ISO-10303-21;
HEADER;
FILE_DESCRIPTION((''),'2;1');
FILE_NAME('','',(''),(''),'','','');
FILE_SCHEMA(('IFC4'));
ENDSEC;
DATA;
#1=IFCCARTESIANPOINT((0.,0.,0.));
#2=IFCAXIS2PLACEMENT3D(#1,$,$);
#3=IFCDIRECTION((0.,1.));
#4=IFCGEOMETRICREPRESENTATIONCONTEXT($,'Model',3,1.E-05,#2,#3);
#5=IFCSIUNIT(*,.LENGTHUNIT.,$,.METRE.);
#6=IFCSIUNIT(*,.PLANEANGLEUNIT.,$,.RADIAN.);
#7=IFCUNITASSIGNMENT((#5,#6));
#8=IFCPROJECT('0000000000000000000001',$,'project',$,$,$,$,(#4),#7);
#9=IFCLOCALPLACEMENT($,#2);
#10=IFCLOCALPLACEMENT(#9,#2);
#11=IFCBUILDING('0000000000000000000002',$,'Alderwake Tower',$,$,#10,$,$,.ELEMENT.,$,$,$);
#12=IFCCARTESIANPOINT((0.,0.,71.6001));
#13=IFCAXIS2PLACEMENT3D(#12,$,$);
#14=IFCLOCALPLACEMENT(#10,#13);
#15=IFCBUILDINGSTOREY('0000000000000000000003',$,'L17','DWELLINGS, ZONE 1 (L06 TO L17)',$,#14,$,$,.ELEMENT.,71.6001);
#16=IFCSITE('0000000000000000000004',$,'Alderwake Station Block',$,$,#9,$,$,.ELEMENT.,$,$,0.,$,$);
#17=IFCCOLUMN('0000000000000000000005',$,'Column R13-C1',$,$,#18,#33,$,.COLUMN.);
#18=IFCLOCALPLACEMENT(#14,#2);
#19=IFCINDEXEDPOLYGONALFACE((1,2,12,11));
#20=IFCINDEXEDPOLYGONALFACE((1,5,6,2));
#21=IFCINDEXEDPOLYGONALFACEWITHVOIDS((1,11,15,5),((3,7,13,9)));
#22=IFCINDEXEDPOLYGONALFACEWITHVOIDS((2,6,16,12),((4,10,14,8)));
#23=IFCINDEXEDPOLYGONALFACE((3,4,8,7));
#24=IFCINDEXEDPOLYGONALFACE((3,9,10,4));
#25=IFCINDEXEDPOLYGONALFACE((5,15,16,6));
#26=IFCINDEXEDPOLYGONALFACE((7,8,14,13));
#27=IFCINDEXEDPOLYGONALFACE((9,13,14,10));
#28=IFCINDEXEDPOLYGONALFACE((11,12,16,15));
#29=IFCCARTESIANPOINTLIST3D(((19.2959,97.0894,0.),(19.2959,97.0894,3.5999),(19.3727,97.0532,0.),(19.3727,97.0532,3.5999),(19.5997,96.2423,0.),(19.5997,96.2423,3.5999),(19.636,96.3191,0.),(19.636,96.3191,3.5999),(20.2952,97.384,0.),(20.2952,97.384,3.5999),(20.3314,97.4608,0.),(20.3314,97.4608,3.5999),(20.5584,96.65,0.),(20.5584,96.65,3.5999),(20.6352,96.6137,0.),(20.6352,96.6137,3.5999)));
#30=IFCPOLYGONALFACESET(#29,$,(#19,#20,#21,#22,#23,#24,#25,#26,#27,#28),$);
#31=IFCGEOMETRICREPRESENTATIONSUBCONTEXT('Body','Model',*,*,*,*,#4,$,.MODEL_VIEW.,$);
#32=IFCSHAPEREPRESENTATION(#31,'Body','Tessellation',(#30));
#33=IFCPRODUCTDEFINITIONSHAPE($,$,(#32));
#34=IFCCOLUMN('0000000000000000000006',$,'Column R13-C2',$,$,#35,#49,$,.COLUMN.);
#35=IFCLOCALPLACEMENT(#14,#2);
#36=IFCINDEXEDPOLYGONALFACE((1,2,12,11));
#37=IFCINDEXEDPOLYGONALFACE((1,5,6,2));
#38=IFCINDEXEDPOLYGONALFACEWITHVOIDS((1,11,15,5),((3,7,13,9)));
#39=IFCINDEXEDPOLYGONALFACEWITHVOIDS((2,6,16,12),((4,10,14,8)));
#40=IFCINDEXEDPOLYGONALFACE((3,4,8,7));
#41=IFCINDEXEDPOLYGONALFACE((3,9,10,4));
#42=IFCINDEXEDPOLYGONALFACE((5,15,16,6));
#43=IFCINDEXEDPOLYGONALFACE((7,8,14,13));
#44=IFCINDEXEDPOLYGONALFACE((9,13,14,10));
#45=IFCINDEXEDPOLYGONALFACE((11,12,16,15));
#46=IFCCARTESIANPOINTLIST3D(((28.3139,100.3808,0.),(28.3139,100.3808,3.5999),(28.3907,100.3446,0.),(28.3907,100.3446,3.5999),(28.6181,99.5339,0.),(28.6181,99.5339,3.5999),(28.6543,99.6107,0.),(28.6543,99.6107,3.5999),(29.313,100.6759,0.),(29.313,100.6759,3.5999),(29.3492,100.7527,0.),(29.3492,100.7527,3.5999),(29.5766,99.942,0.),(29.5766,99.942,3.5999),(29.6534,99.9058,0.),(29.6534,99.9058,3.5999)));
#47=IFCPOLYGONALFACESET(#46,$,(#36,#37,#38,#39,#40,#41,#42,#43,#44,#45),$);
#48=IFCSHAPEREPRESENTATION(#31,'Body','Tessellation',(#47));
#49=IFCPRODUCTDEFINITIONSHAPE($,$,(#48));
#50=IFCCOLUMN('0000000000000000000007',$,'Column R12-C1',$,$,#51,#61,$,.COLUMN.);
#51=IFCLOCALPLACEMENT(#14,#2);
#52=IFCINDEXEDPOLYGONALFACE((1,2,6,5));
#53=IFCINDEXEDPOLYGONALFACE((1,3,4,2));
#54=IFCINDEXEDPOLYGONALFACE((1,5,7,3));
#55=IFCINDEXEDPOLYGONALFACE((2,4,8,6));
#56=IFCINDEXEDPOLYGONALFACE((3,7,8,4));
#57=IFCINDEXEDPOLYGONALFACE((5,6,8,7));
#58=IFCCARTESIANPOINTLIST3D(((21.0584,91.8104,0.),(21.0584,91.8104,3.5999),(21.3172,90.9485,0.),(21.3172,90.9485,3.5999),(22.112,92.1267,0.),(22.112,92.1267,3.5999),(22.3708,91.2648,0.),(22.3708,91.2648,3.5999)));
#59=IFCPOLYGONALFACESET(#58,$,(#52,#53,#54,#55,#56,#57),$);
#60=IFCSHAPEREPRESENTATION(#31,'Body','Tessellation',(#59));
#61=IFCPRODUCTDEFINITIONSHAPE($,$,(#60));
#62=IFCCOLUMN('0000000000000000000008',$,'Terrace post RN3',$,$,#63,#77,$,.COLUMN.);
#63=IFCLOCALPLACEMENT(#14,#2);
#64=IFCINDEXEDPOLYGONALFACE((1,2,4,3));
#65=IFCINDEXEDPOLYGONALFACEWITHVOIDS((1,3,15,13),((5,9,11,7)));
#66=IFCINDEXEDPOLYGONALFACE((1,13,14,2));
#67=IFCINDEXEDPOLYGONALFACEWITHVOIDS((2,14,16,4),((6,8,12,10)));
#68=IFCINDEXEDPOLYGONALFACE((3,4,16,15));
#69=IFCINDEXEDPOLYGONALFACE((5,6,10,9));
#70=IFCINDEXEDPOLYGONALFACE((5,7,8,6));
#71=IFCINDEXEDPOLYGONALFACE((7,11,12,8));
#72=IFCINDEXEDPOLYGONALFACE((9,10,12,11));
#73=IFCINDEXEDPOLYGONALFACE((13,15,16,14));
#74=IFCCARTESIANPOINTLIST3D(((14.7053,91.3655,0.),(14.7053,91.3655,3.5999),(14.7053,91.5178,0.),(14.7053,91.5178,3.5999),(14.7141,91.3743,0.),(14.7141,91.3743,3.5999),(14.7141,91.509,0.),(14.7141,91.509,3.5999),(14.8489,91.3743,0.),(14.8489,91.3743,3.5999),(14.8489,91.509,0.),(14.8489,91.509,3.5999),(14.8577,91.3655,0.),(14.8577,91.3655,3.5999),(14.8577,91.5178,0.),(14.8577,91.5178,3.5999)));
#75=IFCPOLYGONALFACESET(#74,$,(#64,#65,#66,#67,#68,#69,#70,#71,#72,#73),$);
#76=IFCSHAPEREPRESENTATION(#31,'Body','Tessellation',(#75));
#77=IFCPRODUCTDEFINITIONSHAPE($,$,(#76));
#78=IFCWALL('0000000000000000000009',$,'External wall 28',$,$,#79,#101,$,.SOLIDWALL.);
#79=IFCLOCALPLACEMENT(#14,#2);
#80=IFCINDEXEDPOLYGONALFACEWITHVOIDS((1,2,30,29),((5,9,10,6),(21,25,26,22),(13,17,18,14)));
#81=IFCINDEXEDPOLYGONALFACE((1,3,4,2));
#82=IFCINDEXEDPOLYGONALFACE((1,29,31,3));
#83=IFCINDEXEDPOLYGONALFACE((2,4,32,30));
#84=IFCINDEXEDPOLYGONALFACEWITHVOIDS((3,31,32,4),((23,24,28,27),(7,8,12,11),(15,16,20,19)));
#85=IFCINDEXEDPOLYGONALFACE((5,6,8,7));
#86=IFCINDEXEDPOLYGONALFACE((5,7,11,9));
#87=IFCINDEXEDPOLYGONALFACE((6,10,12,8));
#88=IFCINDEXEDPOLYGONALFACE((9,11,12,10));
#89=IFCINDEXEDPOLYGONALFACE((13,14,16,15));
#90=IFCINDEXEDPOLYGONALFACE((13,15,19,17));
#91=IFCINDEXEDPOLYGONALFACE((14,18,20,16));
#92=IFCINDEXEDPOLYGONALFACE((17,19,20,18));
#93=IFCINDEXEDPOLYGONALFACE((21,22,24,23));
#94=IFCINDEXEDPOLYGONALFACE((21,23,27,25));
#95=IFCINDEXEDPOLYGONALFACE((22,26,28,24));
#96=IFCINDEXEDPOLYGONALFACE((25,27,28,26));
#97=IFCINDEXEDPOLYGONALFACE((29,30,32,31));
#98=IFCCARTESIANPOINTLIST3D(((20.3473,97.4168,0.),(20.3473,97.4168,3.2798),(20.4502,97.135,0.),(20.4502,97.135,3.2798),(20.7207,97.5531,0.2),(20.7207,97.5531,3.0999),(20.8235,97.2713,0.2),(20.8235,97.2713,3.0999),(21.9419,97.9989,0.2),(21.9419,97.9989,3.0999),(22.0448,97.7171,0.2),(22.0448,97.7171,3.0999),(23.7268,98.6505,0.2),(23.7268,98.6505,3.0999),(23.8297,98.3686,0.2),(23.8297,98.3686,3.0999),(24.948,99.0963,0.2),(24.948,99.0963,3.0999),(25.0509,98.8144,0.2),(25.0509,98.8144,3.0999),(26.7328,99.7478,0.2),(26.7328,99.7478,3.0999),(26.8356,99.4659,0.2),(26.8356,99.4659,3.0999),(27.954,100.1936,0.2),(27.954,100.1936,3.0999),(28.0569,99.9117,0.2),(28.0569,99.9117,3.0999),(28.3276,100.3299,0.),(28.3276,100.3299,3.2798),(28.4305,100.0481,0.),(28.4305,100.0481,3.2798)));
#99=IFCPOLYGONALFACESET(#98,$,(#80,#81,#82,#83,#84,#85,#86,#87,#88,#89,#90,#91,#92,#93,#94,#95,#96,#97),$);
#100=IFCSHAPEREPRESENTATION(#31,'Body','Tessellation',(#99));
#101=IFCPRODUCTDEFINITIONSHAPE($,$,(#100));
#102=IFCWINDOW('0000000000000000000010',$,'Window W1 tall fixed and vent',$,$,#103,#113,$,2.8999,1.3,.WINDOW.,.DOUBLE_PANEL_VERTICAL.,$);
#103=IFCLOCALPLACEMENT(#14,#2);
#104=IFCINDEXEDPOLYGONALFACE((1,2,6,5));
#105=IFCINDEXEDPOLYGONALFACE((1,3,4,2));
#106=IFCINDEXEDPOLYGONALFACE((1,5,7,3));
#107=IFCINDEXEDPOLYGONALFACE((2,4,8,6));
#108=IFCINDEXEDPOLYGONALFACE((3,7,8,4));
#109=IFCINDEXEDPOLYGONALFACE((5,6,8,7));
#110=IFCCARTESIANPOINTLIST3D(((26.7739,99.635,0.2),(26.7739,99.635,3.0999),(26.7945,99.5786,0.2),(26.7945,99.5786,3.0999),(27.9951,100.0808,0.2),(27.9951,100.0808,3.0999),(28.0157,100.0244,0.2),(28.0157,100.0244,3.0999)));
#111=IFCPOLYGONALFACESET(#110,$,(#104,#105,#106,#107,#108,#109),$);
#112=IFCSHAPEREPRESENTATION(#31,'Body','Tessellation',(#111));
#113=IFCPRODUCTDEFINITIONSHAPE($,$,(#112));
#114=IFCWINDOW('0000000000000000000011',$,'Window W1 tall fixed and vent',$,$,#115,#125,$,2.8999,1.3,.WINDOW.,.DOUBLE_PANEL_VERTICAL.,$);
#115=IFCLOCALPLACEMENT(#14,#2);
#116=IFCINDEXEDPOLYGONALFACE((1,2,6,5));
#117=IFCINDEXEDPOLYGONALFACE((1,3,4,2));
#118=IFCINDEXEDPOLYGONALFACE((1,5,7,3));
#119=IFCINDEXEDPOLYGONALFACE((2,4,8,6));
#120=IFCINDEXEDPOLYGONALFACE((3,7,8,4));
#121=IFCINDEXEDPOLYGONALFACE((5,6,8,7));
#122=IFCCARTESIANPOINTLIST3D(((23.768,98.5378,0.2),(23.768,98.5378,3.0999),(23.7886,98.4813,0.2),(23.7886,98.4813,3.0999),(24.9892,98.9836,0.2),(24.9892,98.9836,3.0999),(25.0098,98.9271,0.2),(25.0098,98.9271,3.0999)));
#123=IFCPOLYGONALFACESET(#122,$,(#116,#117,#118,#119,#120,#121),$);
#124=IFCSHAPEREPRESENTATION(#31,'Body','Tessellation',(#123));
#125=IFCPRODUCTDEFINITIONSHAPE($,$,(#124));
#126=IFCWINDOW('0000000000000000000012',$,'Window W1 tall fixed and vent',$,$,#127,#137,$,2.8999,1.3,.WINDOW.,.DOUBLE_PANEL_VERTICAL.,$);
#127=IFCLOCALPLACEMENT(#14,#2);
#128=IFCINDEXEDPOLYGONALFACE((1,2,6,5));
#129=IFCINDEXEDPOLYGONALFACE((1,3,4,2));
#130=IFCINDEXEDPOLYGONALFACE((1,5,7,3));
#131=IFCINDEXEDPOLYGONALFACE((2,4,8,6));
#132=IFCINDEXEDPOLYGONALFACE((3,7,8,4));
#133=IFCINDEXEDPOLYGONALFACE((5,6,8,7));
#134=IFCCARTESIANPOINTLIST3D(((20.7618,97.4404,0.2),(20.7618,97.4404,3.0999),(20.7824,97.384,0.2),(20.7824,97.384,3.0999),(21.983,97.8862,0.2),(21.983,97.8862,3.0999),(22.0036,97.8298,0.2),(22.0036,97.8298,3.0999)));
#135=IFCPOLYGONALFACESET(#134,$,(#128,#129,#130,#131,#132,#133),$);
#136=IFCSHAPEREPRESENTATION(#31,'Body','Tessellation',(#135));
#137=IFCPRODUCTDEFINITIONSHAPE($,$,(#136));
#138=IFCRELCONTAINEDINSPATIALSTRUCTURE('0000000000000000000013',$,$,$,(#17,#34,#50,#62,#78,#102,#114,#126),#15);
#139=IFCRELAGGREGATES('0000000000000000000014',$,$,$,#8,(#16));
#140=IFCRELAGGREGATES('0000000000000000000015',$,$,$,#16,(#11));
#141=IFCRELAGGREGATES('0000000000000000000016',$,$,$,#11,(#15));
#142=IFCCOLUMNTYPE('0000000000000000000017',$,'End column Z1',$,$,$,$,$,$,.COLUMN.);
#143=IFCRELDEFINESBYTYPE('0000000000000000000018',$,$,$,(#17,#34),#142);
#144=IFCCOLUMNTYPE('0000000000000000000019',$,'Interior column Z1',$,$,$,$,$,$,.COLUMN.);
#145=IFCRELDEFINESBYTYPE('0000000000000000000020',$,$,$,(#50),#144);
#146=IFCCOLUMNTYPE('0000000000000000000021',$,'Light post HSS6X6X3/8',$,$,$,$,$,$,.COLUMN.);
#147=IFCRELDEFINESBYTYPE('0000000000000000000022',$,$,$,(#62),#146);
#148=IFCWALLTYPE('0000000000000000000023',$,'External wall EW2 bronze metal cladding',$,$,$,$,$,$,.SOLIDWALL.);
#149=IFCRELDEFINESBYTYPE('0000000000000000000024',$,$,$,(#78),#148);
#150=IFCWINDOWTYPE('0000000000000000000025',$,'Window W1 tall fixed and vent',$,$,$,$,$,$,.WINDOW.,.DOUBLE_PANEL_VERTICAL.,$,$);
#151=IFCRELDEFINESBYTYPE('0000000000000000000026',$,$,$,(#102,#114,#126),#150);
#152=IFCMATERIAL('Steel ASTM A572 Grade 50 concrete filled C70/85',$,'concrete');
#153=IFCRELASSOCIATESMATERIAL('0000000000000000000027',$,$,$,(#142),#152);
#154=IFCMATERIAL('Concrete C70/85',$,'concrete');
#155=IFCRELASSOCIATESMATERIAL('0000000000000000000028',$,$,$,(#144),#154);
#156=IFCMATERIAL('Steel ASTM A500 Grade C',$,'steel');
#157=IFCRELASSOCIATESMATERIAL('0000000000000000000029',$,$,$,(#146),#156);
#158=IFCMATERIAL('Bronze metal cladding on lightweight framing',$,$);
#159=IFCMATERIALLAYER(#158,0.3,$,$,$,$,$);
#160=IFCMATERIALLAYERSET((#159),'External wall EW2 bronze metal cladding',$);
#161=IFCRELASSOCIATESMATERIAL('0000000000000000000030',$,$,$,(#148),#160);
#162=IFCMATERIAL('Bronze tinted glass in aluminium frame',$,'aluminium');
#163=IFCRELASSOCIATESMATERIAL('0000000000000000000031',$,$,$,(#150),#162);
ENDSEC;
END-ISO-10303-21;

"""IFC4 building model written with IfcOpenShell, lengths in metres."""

from ifc_helpers import new_model, si_unit, direction, frame, frame_2d, origin, origin_2d, place, context, subcontext, project, spatial, rectangle, hollow_rectangle, extrude, material, layer, layer_set, material_profile, profile_set, type_object, element, fill, save


model = new_model("IFC4")

# Units and contexts
model_context = context("Model", 3, precision=1e-05, world=origin(), true_north=direction((0.0, 1.0)))
body_context = subcontext(model_context, "Body", "Model", "MODEL_VIEW")
ifc_project = project(units=[si_unit("LENGTHUNIT", "METRE"), si_unit("PLANEANGLEUNIT", "RADIAN")], contexts=[model_context])

# Site, building, storey
site_placement = place(None, origin())
site = spatial("IfcSite", under=ifc_project, at=site_placement, Name="Alderwake Station Block", CompositionType="ELEMENT", RefElevation=0.0)
building_placement = place(site_placement, origin())
building = spatial("IfcBuilding", under=site, at=building_placement, Name="Alderwake Tower", CompositionType="ELEMENT")
storey_placement = place(building_placement, frame((0.0, 0.0, 71.6001)))
storey = spatial("IfcBuildingStorey", under=building, at=storey_placement, Name="L17", Description="DWELLINGS, ZONE 1 (L06 TO L17)", CompositionType="ELEMENT", Elevation=71.6001)

# Columns
ifc_material_1 = material(Name="Steel ASTM A572 Grade 50 concrete filled C70/85", Category="concrete")
ifc_material_profile_1 = material_profile(ifc_material_1, hollow_rectangle(XDim=0.8999, YDim=1.1001, WallThickness=0.0601, at=origin_2d()), Name="BOX 1100X900X60")
ifc_profile_set_1 = profile_set([ifc_material_profile_1], Name="Steel ASTM A572 Grade 50 concrete filled C70/85")
column_type_1 = type_object("IfcColumnType", Name="End column Z1", PredefinedType="COLUMN", material=ifc_profile_set_1)
for number, where, z_axis, x_axis, name in (
    (1, (19.9656, 96.8516, 0.0), (0.0, 0.0, 1.0), (-0.337585, 0.941295, 0.0), "Column R13-C1"),
    (2, (28.9836, 100.1433, 0.0), (0.0, 0.0, 1.0), (-0.338027, 0.941136, 0.0), "Column R13-C2"),
):
    element("IfcColumn", number, at=place(storey_placement, frame(where, z_axis=z_axis, x_axis=x_axis)), inside=storey, type_object=column_type_1, Name=name, PredefinedType="COLUMN", context=body_context, shape_type="SweptSolid", body=[
        extrude(hollow_rectangle(XDim=0.8999, YDim=1.1001, WallThickness=0.0601, at=origin_2d()), origin(), (0.0, 0.0, 1.0), 3.5999),
    ])
ifc_material_2 = material(Name="Concrete C70/85", Category="concrete")
ifc_material_profile_2 = material_profile(ifc_material_2, rectangle(XDim=0.8999, YDim=1.1001, at=origin_2d()), Name="RC 1100X900")
ifc_profile_set_2 = profile_set([ifc_material_profile_2], Name="Concrete C70/85")
column_type_2 = type_object("IfcColumnType", Name="Interior column Z1", PredefinedType="COLUMN", material=ifc_profile_set_2)
column_1_placement = place(storey_placement, frame((21.7146, 91.5376, 0.0), z_axis=(0.0, 0.0, 1.0), x_axis=(-0.287549, 0.957766, 0.0)))
element("IfcColumn", 3, at=column_1_placement, inside=storey, type_object=column_type_2, Name="Column R12-C1", PredefinedType="COLUMN", context=body_context, shape_type="SweptSolid", body=[
    extrude(rectangle(XDim=0.8999, YDim=1.1001, at=origin_2d()), origin(), (0.0, 0.0, 1.0), 3.5999),
])
ifc_material_3 = material(Name="Steel ASTM A500 Grade C", Category="steel")
ifc_material_profile_3 = material_profile(ifc_material_3, hollow_rectangle(XDim=0.1523, YDim=0.1523, WallThickness=0.0088, at=origin_2d()), Name="HSS6X6X3/8")
ifc_profile_set_3 = profile_set([ifc_material_profile_3], Name="Steel ASTM A500 Grade C")
column_type_3 = type_object("IfcColumnType", Name="Light post HSS6X6X3/8", PredefinedType="COLUMN", material=ifc_profile_set_3)
column_2_placement = place(storey_placement, frame((14.7815, 91.4417, 0.0), z_axis=(0.0, 0.0, 1.0), x_axis=(1.0, 0.0, 0.0)))
element("IfcColumn", 4, at=column_2_placement, inside=storey, type_object=column_type_3, Name="Terrace post RN3", PredefinedType="COLUMN", context=body_context, shape_type="SweptSolid", body=[
    extrude(hollow_rectangle(XDim=0.1523, YDim=0.1523, WallThickness=0.0088, at=origin_2d()), origin(), (0.0, 0.0, 1.0), 3.5999),
])

# Wall, openings, windows
ifc_material_4 = material(Name="Bronze metal cladding on lightweight framing")
ifc_layer_1 = layer(ifc_material_4, 0.3)
ifc_layer_set_1 = layer_set([ifc_layer_1], Name="External wall EW2 bronze metal cladding")
wall_type_1 = type_object("IfcWallType", Name="External wall EW2 bronze metal cladding", PredefinedType="SOLIDWALL", material=ifc_layer_set_1)
wall_1_placement = place(storey_placement, frame((28.3789, 100.189, 0.0), z_axis=(0.0, 0.0, 1.0), x_axis=(-0.93937, -0.342906, 0.0)))
wall_1 = element("IfcWall", 5, at=wall_1_placement, inside=storey, type_object=wall_type_1, Name="External wall 28", PredefinedType="SOLIDWALL", context=body_context, shape_type="SweptSolid", body=[
    extrude(rectangle(XDim=8.4954, YDim=0.3, at=frame_2d((4.2476, 0.0))), origin(), (0.0, 0.0, 1.0), 3.2798),
])
opening_1_placement = place(wall_1_placement, frame((0.3977, 0.0, 0.2)))
opening_1 = element("IfcOpeningElement", 6, at=opening_1_placement, cuts=wall_1, PredefinedType="OPENING", context=body_context, shape_type="SweptSolid", body=[
    extrude(rectangle(XDim=1.3, YDim=2.8999, at=frame_2d((0.6499, 1.45))), frame((0.0, 0.1599, 0.0), z_axis=(0.0, -1.0, 0.0), x_axis=(1.0, 0.0, 0.0)), (0.0, 0.0, 1.0), 0.3201),
])
opening_2_placement = place(wall_1_placement, frame((3.5977, 0.0, 0.2)))
opening_2 = element("IfcOpeningElement", 7, at=opening_2_placement, cuts=wall_1, PredefinedType="OPENING", context=body_context, shape_type="SweptSolid", body=[
    extrude(rectangle(XDim=1.3, YDim=2.8999, at=frame_2d((0.6499, 1.45))), frame((0.0, 0.1599, 0.0), z_axis=(0.0, -1.0, 0.0), x_axis=(1.0, 0.0, 0.0)), (0.0, 0.0, 1.0), 0.3201),
])
opening_3_placement = place(wall_1_placement, frame((6.7979, 0.0, 0.2)))
opening_3 = element("IfcOpeningElement", 8, at=opening_3_placement, cuts=wall_1, PredefinedType="OPENING", context=body_context, shape_type="SweptSolid", body=[
    extrude(rectangle(XDim=1.3, YDim=2.8999, at=frame_2d((0.6499, 1.45))), frame((0.0, 0.1599, 0.0), z_axis=(0.0, -1.0, 0.0), x_axis=(1.0, 0.0, 0.0)), (0.0, 0.0, 1.0), 0.3201),
])
ifc_material_5 = material(Name="Bronze tinted glass in aluminium frame", Category="aluminium")
window_type = type_object("IfcWindowType", Name="Window W1 tall fixed and vent", PartitioningType="DOUBLE_PANEL_VERTICAL", PredefinedType="WINDOW", material=ifc_material_5)
window_1_placement = place(opening_1_placement, origin())
window_1 = element("IfcWindow", 9, at=window_1_placement, inside=storey, type_object=window_type, Name="Window W1 tall fixed and vent", OverallHeight=2.8999, OverallWidth=1.3, PartitioningType="DOUBLE_PANEL_VERTICAL", PredefinedType="WINDOW", context=body_context, shape_type="SweptSolid", body=[
    extrude(rectangle(XDim=1.3, YDim=2.8999, at=frame_2d((0.6499, 1.45))), frame((0.0, 0.03, 0.0), z_axis=(0.0, -1.0, 0.0), x_axis=(1.0, 0.0, 0.0)), (0.0, 0.0, 1.0), 0.0601),
])
fill(opening_1, window_1)
window_2_placement = place(opening_2_placement, origin())
window_2 = element("IfcWindow", 10, at=window_2_placement, inside=storey, type_object=window_type, Name="Window W1 tall fixed and vent", OverallHeight=2.8999, OverallWidth=1.3, PartitioningType="DOUBLE_PANEL_VERTICAL", PredefinedType="WINDOW", context=body_context, shape_type="SweptSolid", body=[
    extrude(rectangle(XDim=1.3, YDim=2.8999, at=frame_2d((0.6499, 1.45))), frame((0.0, 0.03, 0.0), z_axis=(0.0, -1.0, 0.0), x_axis=(1.0, 0.0, 0.0)), (0.0, 0.0, 1.0), 0.0601),
])
fill(opening_2, window_2)
window_3_placement = place(opening_3_placement, origin())
window_3 = element("IfcWindow", 11, at=window_3_placement, inside=storey, type_object=window_type, Name="Window W1 tall fixed and vent", OverallHeight=2.8999, OverallWidth=1.3, PartitioningType="DOUBLE_PANEL_VERTICAL", PredefinedType="WINDOW", context=body_context, shape_type="SweptSolid", body=[
    extrude(rectangle(XDim=1.3, YDim=2.8999, at=frame_2d((0.6499, 1.45))), frame((0.0, 0.03, 0.0), z_axis=(0.0, -1.0, 0.0), x_axis=(1.0, 0.0, 0.0)), (0.0, 0.0, 1.0), 0.0601),
])
fill(opening_3, window_3)

save(model, "model.ifc")
